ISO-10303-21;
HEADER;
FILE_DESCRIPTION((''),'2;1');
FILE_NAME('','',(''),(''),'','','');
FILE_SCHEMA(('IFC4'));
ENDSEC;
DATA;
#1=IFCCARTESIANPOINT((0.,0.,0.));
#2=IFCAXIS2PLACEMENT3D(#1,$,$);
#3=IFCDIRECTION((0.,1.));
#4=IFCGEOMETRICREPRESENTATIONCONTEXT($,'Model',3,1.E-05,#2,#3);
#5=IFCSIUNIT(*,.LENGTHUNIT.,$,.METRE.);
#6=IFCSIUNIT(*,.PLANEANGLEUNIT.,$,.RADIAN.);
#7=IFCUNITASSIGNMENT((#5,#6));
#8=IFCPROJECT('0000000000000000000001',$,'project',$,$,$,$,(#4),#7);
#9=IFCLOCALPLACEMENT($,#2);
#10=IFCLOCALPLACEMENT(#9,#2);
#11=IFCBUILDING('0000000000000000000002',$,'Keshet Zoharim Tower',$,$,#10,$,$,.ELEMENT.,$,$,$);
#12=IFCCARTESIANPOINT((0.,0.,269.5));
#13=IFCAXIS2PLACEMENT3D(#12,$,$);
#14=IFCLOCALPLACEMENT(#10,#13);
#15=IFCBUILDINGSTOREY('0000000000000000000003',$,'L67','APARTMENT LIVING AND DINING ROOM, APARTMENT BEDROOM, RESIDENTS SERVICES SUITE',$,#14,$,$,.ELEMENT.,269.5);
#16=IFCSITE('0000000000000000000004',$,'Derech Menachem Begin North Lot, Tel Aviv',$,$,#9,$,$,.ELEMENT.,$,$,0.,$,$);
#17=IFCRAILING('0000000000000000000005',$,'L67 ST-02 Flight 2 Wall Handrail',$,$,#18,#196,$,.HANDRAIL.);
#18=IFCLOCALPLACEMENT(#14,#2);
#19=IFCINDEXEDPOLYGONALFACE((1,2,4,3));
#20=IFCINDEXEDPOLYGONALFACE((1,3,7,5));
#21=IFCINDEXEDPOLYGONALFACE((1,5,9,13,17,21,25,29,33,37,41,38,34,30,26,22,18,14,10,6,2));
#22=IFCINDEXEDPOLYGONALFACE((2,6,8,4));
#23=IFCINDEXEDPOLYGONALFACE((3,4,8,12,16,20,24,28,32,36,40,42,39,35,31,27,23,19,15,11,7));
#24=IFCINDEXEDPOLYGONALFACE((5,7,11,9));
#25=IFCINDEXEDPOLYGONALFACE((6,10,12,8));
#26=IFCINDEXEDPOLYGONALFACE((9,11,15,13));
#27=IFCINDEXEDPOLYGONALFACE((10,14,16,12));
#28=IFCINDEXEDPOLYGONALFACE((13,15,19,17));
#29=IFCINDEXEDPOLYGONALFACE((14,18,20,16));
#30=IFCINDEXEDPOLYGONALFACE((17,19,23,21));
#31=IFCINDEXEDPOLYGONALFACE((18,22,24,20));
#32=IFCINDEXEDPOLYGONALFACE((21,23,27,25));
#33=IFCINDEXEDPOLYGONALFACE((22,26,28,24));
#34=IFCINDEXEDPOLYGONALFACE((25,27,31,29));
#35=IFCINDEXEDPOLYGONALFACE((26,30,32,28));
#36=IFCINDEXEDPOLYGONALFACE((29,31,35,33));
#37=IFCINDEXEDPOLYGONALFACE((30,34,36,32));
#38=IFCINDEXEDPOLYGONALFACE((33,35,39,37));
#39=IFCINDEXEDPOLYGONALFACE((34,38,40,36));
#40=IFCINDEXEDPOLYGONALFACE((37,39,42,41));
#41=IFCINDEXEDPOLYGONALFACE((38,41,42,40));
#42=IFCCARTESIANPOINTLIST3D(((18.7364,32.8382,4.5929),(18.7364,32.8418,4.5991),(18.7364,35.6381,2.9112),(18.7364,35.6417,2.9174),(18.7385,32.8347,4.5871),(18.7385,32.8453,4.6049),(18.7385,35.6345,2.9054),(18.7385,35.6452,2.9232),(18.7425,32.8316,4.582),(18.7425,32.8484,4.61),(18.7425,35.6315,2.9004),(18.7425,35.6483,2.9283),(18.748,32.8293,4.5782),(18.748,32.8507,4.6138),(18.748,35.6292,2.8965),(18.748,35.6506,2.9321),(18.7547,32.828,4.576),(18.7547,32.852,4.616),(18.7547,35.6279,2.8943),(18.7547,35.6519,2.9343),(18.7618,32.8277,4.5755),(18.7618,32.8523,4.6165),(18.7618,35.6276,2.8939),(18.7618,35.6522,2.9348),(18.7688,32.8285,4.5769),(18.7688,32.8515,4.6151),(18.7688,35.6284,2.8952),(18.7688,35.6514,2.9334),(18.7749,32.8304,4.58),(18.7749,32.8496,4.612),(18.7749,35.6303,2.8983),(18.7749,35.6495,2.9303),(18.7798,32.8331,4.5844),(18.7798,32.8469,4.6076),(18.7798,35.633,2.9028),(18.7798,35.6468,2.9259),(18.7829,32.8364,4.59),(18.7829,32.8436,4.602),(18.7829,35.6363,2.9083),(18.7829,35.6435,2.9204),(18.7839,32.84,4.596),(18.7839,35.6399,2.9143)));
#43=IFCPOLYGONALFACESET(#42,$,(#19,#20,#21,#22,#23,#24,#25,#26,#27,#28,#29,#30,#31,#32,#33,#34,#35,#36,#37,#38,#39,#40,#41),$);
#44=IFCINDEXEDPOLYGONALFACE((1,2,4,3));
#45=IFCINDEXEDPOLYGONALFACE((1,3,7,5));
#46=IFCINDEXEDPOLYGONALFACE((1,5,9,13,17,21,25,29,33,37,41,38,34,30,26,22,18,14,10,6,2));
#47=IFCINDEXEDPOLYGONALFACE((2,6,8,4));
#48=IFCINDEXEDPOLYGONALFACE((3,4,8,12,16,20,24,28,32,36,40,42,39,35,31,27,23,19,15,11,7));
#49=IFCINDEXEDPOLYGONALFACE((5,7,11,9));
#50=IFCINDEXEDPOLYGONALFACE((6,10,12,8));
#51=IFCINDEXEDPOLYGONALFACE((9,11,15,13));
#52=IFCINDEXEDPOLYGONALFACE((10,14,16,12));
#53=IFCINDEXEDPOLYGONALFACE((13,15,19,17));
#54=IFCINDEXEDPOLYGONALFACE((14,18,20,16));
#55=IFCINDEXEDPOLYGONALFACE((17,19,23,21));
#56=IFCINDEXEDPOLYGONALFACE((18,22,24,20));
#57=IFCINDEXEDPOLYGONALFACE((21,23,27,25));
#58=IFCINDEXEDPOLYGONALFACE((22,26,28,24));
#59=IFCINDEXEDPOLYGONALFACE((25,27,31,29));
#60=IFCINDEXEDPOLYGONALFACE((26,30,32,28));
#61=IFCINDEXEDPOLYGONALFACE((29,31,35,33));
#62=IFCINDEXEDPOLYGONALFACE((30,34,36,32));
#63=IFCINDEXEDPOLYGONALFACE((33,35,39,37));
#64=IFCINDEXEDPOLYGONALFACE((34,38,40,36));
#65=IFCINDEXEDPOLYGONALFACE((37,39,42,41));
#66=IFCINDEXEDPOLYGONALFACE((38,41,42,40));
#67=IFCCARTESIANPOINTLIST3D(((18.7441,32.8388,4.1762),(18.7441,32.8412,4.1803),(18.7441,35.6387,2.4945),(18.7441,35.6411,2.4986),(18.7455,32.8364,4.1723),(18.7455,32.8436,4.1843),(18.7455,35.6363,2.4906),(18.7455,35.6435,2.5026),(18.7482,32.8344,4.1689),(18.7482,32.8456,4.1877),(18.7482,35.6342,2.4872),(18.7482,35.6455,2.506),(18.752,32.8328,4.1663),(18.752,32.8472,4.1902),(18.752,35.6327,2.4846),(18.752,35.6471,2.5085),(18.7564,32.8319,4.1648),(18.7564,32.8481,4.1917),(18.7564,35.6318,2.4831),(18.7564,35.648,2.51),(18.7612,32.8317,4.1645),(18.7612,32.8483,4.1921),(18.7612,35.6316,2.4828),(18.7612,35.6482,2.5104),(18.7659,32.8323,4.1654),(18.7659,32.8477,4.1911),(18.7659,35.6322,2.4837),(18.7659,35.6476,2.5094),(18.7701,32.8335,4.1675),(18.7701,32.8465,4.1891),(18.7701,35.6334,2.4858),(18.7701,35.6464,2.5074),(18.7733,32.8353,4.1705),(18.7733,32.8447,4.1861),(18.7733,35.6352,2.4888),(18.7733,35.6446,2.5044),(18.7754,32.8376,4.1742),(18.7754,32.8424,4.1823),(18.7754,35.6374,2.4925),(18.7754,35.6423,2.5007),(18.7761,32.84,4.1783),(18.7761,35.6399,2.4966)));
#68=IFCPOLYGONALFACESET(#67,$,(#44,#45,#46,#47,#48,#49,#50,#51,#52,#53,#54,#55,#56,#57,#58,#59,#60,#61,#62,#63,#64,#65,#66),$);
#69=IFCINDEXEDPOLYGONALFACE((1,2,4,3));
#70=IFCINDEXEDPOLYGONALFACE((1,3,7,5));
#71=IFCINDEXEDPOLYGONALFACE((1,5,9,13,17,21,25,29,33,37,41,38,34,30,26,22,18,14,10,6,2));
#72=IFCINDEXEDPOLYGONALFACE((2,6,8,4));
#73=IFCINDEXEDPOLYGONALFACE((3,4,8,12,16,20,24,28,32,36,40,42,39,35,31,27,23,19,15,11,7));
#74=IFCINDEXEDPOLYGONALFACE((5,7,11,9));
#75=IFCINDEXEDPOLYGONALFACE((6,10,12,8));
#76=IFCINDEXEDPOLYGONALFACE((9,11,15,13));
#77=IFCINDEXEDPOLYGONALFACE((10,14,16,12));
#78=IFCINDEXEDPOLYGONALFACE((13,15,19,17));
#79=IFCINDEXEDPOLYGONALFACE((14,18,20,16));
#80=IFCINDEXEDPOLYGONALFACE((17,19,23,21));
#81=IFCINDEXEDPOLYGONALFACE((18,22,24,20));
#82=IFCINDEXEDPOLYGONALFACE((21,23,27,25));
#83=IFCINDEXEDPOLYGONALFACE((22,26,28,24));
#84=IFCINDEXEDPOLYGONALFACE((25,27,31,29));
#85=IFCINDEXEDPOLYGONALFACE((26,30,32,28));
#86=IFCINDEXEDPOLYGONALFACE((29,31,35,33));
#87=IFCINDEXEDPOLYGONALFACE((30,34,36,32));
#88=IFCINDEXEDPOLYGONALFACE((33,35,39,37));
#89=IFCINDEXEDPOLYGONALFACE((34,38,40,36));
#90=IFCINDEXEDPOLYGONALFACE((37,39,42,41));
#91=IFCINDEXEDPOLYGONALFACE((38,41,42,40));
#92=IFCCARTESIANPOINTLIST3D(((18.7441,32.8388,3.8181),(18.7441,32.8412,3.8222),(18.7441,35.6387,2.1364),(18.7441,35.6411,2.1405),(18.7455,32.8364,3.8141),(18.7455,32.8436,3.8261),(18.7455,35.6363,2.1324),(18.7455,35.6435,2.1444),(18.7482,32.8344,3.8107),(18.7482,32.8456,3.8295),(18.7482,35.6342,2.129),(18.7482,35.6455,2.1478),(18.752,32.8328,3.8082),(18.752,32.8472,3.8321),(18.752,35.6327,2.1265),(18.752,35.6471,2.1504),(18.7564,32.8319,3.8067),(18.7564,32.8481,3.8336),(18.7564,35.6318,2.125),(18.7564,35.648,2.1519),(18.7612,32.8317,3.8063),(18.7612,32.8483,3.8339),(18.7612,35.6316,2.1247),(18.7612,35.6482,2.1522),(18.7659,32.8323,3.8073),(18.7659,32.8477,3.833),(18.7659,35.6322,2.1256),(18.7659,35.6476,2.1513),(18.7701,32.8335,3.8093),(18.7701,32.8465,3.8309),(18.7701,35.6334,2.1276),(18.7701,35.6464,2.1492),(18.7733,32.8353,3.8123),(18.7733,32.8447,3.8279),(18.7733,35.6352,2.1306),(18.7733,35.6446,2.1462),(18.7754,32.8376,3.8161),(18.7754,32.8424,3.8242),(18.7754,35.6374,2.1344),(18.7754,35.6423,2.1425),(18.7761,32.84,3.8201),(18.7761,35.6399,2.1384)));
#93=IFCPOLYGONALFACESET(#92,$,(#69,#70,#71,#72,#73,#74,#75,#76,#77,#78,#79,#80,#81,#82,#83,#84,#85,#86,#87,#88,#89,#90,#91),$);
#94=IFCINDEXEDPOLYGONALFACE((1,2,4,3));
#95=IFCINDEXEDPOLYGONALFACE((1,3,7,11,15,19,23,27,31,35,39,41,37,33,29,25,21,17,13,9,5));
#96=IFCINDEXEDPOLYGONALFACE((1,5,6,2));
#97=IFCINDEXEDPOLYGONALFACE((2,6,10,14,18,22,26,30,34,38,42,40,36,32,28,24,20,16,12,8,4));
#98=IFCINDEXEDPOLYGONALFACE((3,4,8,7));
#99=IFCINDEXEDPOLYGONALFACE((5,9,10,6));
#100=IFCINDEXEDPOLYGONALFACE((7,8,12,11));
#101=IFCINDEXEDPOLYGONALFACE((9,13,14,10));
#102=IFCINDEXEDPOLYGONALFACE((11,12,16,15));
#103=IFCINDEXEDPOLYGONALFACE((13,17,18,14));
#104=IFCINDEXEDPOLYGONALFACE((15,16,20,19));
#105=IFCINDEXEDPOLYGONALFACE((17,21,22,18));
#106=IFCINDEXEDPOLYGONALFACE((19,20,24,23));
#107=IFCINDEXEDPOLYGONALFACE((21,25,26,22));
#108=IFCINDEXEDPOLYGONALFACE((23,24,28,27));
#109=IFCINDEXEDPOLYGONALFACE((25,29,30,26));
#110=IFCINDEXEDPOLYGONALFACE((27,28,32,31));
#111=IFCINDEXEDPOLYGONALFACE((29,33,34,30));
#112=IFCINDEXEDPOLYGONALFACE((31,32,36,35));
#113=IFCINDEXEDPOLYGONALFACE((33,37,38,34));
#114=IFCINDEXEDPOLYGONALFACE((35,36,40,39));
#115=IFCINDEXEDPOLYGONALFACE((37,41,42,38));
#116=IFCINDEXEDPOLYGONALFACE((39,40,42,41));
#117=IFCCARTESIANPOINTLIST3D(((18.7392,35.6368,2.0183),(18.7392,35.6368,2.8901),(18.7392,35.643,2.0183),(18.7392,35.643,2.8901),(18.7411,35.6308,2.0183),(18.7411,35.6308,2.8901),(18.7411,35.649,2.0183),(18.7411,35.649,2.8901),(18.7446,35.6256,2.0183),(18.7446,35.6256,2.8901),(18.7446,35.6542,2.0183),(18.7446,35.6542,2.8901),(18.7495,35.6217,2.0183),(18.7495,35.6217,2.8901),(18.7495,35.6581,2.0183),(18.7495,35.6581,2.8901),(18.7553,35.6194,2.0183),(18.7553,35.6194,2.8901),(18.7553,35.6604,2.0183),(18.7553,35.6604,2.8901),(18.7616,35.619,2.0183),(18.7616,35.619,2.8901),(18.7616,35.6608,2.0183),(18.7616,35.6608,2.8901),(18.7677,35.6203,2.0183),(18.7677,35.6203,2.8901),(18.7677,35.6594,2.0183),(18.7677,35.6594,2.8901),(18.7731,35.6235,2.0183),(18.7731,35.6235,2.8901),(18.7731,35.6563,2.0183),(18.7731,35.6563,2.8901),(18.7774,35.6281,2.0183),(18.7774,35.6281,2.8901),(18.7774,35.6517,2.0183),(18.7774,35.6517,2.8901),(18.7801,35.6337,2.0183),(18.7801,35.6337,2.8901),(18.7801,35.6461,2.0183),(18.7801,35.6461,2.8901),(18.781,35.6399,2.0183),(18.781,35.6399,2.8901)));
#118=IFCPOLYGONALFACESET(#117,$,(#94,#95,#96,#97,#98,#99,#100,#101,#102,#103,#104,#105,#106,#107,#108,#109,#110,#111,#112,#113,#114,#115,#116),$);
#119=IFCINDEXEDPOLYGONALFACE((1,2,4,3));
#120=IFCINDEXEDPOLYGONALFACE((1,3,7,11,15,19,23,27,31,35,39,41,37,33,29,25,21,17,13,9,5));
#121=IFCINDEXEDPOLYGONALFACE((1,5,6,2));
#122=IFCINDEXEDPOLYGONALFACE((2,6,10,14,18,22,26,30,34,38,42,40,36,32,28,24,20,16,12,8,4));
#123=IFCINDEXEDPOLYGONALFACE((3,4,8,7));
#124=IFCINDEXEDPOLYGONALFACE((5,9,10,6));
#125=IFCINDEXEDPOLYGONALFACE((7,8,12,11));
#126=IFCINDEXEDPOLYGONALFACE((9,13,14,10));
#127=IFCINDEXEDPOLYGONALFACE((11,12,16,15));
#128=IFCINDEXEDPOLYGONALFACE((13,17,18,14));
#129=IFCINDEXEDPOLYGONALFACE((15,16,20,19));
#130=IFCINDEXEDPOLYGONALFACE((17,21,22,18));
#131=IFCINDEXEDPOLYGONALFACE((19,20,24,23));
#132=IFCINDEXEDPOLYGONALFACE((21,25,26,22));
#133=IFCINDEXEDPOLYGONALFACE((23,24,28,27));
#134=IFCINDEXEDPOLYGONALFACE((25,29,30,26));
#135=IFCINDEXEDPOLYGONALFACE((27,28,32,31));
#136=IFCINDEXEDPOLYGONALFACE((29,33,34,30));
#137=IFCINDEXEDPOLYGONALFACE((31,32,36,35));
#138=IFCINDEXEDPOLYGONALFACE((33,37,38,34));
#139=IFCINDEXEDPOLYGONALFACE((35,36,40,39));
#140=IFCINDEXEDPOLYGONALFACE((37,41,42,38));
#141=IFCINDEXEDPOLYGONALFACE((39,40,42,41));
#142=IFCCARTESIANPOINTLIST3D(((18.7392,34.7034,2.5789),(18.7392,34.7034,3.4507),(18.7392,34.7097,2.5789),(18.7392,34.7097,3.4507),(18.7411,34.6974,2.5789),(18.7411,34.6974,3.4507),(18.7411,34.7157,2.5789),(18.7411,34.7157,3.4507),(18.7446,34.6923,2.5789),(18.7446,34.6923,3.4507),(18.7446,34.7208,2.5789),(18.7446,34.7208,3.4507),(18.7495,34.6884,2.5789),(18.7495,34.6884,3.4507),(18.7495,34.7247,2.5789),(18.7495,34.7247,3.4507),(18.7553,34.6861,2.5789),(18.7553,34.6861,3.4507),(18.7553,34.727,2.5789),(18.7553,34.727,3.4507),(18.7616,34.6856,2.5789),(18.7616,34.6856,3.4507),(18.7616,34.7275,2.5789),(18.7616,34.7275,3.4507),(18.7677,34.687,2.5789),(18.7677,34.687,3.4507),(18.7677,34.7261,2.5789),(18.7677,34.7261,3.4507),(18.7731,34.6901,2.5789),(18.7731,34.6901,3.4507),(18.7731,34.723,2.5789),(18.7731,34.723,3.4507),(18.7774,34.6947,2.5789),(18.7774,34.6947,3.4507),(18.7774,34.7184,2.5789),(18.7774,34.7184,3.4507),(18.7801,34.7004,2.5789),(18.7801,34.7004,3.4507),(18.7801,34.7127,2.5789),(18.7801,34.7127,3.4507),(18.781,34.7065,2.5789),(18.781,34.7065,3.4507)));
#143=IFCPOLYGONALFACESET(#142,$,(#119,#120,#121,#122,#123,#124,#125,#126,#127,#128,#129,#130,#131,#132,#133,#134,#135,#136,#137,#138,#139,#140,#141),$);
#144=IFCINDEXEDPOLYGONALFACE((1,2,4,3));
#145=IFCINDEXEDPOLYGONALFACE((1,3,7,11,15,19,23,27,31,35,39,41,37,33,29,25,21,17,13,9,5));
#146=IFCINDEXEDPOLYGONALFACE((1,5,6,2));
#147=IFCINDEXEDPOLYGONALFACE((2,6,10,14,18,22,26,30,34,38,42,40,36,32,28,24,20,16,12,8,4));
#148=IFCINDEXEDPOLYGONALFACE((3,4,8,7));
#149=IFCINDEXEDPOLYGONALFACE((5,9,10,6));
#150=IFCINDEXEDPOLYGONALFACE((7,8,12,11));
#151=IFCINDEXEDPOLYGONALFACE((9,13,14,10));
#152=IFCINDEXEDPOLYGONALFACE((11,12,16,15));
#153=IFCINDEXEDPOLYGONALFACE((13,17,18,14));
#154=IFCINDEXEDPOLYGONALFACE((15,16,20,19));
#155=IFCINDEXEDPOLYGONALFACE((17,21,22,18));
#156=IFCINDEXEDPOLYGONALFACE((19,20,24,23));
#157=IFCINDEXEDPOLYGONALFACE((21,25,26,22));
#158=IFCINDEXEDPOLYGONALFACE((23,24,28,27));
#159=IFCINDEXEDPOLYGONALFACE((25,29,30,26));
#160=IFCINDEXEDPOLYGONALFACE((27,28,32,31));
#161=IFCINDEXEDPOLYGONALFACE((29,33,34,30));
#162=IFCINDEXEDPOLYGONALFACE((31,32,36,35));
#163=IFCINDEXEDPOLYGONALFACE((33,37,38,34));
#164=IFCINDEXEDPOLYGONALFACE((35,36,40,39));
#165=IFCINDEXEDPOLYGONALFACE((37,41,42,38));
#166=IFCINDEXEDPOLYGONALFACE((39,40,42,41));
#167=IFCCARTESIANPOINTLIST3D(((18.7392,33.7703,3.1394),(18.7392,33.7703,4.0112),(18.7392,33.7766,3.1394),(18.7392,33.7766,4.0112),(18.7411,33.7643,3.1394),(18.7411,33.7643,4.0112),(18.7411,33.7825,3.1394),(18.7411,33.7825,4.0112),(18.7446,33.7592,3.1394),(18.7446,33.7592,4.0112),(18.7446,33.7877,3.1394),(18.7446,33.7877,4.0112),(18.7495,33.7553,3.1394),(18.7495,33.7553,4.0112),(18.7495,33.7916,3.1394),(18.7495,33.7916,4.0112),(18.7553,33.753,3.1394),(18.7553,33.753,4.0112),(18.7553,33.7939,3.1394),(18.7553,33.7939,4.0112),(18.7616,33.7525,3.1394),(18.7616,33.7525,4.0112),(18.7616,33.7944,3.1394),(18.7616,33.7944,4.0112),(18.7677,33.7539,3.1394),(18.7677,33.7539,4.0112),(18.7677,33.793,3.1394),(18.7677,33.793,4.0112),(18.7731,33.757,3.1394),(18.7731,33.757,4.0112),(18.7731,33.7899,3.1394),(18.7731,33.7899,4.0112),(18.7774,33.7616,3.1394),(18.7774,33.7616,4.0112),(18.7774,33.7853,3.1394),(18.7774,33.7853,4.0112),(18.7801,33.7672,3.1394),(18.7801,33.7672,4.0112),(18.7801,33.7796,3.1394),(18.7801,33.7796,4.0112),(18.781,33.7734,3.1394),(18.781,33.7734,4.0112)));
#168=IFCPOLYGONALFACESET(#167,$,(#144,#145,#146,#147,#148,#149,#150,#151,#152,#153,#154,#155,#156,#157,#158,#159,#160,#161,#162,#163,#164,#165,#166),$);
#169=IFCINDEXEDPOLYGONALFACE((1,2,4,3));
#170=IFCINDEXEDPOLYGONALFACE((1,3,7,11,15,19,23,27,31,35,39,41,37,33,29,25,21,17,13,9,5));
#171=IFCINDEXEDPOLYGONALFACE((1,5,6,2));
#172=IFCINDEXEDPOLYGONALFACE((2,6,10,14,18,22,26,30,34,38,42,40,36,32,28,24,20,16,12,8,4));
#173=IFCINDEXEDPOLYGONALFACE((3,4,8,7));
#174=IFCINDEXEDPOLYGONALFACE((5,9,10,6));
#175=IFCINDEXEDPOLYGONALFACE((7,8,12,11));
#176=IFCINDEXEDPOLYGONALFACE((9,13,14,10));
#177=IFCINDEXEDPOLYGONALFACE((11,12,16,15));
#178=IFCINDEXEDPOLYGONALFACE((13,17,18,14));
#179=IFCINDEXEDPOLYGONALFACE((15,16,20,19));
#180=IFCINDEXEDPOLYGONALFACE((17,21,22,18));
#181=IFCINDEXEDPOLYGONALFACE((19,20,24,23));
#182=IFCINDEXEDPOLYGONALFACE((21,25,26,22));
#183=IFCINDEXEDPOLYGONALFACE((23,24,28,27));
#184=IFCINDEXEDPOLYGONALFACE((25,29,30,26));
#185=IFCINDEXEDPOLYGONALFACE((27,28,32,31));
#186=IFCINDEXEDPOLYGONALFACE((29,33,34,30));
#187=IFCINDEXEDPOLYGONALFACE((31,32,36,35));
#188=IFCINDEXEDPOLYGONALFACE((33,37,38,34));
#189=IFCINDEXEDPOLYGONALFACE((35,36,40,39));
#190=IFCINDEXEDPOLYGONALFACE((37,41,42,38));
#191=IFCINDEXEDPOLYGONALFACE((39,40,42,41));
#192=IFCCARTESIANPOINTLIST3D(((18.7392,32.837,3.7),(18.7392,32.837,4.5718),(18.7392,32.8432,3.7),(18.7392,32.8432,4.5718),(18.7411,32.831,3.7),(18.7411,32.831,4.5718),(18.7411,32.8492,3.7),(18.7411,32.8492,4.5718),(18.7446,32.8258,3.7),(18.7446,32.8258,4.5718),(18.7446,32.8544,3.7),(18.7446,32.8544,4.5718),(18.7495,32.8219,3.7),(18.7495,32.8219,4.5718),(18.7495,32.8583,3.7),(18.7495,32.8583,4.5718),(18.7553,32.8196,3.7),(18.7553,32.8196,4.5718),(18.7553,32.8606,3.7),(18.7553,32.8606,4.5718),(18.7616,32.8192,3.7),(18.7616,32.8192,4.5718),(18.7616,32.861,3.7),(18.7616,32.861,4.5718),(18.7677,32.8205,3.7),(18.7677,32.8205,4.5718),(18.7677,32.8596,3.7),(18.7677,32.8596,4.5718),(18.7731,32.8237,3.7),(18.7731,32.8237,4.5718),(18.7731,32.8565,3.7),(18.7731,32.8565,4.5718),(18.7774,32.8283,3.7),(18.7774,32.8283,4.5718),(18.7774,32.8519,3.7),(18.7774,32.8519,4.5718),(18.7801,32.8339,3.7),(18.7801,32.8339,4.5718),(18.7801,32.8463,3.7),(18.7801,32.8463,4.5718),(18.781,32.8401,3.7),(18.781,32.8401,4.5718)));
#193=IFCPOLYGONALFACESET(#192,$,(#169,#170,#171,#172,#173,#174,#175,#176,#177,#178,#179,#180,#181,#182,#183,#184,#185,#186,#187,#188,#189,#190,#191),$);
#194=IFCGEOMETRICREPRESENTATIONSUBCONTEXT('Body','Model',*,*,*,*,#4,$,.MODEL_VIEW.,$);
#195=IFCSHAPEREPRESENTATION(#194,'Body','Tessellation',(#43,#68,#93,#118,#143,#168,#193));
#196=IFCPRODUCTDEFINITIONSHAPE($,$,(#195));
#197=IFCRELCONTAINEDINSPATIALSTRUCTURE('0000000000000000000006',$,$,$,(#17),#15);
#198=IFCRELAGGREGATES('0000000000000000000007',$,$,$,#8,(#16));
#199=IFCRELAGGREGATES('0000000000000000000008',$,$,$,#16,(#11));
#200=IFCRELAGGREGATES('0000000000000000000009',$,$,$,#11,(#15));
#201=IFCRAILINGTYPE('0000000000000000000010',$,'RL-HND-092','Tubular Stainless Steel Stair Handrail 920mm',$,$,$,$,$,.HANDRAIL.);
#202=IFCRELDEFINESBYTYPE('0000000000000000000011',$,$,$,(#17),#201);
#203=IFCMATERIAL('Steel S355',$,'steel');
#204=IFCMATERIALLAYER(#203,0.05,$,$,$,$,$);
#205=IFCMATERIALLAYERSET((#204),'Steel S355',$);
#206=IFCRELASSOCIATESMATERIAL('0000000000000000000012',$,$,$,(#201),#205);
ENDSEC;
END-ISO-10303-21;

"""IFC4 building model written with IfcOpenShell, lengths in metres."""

from ifc_helpers import new_model, si_unit, direction, frame, origin, origin_2d, place, context, subcontext, project, spatial, circle, extrude, material, layer, layer_set, type_object, element, save


model = new_model("IFC4")

# Units and contexts
model_context = context("Model", 3, precision=1e-05, world=origin(), true_north=direction((0.0, 1.0)))
body_context = subcontext(model_context, "Body", "Model", "MODEL_VIEW")
ifc_project = project(units=[si_unit("LENGTHUNIT", "METRE"), si_unit("PLANEANGLEUNIT", "RADIAN")], contexts=[model_context])

# Site, building, storey
site_placement = place(None, origin())
site = spatial("IfcSite", under=ifc_project, at=site_placement, Name="Derech Menachem Begin North Lot, Tel Aviv", CompositionType="ELEMENT", RefElevation=0.0)
building_placement = place(site_placement, origin())
building = spatial("IfcBuilding", under=site, at=building_placement, Name="Keshet Zoharim Tower", CompositionType="ELEMENT")
storey_placement = place(building_placement, frame((0.0, 0.0, 269.5)))
storey = spatial("IfcBuildingStorey", under=building, at=storey_placement, Name="L67", Description="APARTMENT LIVING AND DINING ROOM, APARTMENT BEDROOM, RESIDENTS SERVICES SUITE", CompositionType="ELEMENT", Elevation=269.5)

# Shared definitions
ifc_material_1 = material(Name="Steel S355", Category="steel")

# Railing
ifc_layer_1 = layer(ifc_material_1, 0.05)
ifc_layer_set_1 = layer_set([ifc_layer_1], Name="Steel S355")
railing_type_1 = type_object("IfcRailingType", Name="RL-HND-092", Description="Tubular Stainless Steel Stair Handrail 920mm", PredefinedType="HANDRAIL", material=ifc_layer_set_1)
railing_1_placement = place(storey_placement, frame((18.76, 35.6399, 2.0183)))
element("IfcRailing", 1, at=railing_1_placement, inside=storey, type_object=railing_type_1, Name="L67 ST-02 Flight 2 Wall Handrail", PredefinedType="HANDRAIL", context=body_context, shape_type="SweptSolid", body=[
    extrude(circle(Radius=0.0239, at=origin_2d()), frame((0.0, 0.0, 0.896), z_axis=(0.0, -0.857255, 0.514891), x_axis=(1.0, 0.0, 0.0)), (0.0, 0.0, 1.0), 3.2661),
    extrude(circle(Radius=0.0161, at=origin_2d()), frame((0.0, 0.0, 0.4783), z_axis=(0.0, -0.857255, 0.514891), x_axis=(1.0, 0.0, 0.0)), (0.0, 0.0, 1.0), 3.2661),
    extrude(circle(Radius=0.0161, at=origin_2d()), frame((0.0, 0.0, 0.1201), z_axis=(0.0, -0.857255, 0.514891), x_axis=(1.0, 0.0, 0.0)), (0.0, 0.0, 1.0), 3.2661),
    extrude(circle(Radius=0.021, at=origin_2d()), origin(), (0.0, 0.0, 1.0), 0.8718),
    extrude(circle(Radius=0.021, at=origin_2d()), frame((0.0, -0.9333, 0.5605)), (0.0, 0.0, 1.0), 0.8718),
    extrude(circle(Radius=0.021, at=origin_2d()), frame((0.0, -1.8665, 1.1211)), (0.0, 0.0, 1.0), 0.8718),
    extrude(circle(Radius=0.021, at=origin_2d()), frame((0.0, -2.7998, 1.6816)), (0.0, 0.0, 1.0), 0.8718),
])

save(model, "model.ifc")
